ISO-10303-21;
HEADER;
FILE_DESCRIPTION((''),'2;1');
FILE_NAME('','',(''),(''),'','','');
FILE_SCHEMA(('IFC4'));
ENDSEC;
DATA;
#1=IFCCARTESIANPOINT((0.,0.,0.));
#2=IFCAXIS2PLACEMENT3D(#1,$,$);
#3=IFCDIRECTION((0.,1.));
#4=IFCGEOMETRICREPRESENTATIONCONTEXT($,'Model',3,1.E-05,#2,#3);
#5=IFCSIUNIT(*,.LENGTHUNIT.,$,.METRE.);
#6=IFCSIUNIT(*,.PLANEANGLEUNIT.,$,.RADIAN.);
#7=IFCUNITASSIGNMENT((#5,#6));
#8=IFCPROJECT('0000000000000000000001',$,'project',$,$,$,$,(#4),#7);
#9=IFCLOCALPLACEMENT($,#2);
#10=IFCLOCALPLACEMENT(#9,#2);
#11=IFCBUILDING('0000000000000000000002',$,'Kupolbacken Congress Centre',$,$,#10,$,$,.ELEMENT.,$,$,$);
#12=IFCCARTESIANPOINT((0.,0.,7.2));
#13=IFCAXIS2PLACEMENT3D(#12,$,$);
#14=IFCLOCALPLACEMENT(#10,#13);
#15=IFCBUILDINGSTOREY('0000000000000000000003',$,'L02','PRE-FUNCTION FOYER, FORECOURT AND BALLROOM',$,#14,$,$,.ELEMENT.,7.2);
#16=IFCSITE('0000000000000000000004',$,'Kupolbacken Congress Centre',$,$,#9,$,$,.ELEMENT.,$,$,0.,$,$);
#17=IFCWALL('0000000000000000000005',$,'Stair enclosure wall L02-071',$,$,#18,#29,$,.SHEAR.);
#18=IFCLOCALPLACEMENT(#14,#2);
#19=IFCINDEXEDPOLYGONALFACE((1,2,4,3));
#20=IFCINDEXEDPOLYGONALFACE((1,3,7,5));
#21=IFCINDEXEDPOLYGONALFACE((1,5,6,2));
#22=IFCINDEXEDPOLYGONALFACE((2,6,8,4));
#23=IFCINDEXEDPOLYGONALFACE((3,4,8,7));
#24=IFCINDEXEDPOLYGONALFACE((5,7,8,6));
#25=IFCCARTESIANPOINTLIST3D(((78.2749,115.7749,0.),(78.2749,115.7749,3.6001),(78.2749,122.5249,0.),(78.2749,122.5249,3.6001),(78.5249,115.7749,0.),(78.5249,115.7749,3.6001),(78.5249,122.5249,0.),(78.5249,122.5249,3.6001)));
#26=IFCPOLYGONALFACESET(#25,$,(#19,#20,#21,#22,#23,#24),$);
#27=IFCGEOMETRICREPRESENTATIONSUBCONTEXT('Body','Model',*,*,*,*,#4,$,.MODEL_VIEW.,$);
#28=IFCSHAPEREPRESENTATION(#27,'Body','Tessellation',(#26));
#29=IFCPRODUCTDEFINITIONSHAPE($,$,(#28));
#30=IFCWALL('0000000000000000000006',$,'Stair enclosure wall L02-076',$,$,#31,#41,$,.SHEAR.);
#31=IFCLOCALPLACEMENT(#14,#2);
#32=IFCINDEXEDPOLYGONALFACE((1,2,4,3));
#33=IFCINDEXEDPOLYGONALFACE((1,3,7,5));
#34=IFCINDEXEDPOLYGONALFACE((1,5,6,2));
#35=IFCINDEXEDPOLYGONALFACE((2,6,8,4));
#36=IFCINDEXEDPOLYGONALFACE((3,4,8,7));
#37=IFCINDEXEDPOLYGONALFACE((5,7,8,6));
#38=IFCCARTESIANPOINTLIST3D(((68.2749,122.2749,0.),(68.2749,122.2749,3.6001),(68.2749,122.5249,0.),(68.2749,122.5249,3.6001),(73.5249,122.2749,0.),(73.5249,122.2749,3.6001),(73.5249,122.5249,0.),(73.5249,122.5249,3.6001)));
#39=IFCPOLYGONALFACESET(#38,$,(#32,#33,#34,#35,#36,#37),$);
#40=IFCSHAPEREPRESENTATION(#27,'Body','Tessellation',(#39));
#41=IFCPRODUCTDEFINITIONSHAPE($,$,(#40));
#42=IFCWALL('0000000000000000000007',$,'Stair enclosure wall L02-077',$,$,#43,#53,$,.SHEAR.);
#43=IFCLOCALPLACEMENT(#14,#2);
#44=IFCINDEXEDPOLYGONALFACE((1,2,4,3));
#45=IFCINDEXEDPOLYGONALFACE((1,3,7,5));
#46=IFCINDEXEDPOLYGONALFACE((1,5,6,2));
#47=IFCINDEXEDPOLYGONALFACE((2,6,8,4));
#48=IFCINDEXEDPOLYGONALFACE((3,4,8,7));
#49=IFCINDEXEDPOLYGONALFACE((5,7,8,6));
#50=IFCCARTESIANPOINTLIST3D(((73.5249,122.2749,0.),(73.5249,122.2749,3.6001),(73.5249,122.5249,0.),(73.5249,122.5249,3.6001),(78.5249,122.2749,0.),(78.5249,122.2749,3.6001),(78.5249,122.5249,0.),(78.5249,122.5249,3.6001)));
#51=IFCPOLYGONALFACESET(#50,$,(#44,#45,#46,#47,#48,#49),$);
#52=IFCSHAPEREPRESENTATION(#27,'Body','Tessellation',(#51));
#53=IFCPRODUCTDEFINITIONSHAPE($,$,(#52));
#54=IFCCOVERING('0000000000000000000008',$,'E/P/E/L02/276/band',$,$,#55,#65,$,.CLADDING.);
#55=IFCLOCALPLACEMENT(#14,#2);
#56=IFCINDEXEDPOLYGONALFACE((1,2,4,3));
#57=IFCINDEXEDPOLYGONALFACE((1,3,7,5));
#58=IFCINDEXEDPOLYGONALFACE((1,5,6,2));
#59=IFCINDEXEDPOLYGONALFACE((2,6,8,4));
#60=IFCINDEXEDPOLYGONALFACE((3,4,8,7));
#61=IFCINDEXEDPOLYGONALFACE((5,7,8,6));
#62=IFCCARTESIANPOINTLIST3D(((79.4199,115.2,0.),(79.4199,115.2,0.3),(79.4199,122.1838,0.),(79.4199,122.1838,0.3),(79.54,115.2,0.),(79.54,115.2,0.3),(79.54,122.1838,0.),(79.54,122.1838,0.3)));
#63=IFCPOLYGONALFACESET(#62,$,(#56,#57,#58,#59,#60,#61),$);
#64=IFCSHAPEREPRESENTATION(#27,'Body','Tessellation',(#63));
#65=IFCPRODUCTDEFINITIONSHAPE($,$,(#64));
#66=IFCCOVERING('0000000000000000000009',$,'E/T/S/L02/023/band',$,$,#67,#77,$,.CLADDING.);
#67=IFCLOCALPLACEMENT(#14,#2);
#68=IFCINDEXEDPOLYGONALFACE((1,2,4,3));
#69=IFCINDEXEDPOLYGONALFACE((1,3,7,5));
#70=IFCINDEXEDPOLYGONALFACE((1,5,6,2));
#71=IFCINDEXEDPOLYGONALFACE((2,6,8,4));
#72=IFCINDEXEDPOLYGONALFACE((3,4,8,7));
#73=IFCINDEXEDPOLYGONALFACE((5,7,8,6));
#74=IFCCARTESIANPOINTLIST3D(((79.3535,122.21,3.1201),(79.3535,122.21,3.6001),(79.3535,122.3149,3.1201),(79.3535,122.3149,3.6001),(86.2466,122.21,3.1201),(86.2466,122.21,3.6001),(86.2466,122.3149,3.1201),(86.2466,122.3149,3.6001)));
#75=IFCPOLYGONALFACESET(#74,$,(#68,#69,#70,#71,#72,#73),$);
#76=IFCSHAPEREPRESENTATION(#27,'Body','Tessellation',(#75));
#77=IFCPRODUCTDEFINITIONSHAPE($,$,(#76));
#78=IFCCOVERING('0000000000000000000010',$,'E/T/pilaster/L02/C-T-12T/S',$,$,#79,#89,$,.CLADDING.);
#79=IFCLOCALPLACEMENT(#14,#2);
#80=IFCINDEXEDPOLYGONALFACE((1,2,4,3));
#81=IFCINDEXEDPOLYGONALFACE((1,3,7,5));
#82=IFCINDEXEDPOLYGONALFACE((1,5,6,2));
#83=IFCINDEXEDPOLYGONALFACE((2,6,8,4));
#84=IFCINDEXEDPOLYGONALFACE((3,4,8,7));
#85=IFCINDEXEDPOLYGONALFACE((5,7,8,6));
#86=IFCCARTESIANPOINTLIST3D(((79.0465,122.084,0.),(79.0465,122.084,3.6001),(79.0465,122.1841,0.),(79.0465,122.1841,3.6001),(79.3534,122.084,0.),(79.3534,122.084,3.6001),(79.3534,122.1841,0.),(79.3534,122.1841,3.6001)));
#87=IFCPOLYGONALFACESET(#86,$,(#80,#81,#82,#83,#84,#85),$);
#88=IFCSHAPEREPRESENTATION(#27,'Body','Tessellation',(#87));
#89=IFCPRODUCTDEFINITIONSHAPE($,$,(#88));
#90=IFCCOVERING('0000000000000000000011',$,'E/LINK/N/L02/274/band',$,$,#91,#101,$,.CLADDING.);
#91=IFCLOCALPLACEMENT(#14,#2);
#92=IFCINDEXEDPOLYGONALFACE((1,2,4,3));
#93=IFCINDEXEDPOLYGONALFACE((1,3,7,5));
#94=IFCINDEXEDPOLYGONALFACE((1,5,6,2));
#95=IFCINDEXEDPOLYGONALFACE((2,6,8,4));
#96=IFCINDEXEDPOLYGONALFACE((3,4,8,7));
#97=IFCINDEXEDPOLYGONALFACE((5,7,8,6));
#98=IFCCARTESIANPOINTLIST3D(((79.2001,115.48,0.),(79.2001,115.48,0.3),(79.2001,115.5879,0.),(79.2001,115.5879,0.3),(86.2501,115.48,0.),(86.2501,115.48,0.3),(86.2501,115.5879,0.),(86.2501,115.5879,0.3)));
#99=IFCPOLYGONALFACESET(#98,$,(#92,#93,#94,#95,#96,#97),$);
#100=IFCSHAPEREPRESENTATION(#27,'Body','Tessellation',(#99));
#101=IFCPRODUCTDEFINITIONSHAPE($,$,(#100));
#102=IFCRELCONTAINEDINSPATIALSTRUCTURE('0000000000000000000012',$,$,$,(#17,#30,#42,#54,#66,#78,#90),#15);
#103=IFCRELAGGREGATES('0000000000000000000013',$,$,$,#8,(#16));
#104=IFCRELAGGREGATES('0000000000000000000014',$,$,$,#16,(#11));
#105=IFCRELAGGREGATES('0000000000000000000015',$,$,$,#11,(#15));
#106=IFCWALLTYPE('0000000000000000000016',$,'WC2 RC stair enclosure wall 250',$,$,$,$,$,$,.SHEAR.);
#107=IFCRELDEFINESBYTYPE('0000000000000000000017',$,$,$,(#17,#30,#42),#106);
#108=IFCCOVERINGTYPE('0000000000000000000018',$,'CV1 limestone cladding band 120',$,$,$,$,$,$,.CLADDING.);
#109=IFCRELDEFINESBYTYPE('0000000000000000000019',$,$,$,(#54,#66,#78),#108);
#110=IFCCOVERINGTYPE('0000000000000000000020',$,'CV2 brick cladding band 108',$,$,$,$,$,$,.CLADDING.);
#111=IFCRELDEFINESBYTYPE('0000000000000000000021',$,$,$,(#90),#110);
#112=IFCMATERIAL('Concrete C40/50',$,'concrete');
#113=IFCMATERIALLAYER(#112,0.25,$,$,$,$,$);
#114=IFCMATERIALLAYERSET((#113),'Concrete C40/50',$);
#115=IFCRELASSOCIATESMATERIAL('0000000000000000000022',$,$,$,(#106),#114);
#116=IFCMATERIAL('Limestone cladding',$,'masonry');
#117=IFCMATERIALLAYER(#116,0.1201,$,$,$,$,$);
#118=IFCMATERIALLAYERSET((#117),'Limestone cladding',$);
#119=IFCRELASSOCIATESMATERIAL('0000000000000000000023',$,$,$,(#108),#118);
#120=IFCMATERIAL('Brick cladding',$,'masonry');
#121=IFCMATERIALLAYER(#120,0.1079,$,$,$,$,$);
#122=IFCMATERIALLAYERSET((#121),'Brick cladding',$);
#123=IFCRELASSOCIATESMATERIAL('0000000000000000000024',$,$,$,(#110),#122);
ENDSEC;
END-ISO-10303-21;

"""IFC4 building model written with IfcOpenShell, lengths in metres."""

from ifc_helpers import new_model, si_unit, direction, frame, frame_2d, origin, origin_2d, place, context, subcontext, project, spatial, rectangle, extrude, material, layer, layer_set, type_object, element, save


model = new_model("IFC4")

# Units and contexts
model_context = context("Model", 3, precision=1e-05, world=origin(), true_north=direction((0.0, 1.0)))
body_context = subcontext(model_context, "Body", "Model", "MODEL_VIEW")
ifc_project = project(units=[si_unit("LENGTHUNIT", "METRE"), si_unit("PLANEANGLEUNIT", "RADIAN")], contexts=[model_context])

# Site, building, storey
site_placement = place(None, origin())
site = spatial("IfcSite", under=ifc_project, at=site_placement, Name="Kupolbacken Congress Centre", CompositionType="ELEMENT", RefElevation=0.0)
building_placement = place(site_placement, origin())
building = spatial("IfcBuilding", under=site, at=building_placement, Name="Kupolbacken Congress Centre", CompositionType="ELEMENT")
storey_placement = place(building_placement, frame((0.0, 0.0, 7.2)))
storey = spatial("IfcBuildingStorey", under=building, at=storey_placement, Name="L02", Description="PRE-FUNCTION FOYER, FORECOURT AND BALLROOM", CompositionType="ELEMENT", Elevation=7.2)

# Shared definitions
ifc_material_1 = material(Name="Concrete C40/50", Category="concrete")
ifc_layer_1 = layer(ifc_material_1, 0.25)
ifc_layer_set_1 = layer_set([ifc_layer_1], Name="Concrete C40/50")
wall_type_1 = type_object("IfcWallType", Name="WC2 RC stair enclosure wall 250", PredefinedType="SHEAR", material=ifc_layer_set_1)

# Walls
wall_1_placement = place(storey_placement, frame((78.3999, 115.7749, 0.0), z_axis=(0.0, 0.0, 1.0), x_axis=(0.0, 1.0, 0.0)))
element("IfcWall", 1, at=wall_1_placement, inside=storey, type_object=wall_type_1, Name="Stair enclosure wall L02-071", PredefinedType="SHEAR", context=body_context, shape_type="SweptSolid", body=[
    extrude(rectangle(XDim=6.75, YDim=0.25, at=frame_2d((3.375, 0.0))), origin(), (0.0, 0.0, 1.0), 3.6001),
])
wall_2_placement = place(storey_placement, frame((73.5249, 122.3999, 0.0), z_axis=(0.0, 0.0, 1.0), x_axis=(-1.0, 0.0, 0.0)))
element("IfcWall", 2, at=wall_2_placement, inside=storey, type_object=wall_type_1, Name="Stair enclosure wall L02-076", PredefinedType="SHEAR", context=body_context, shape_type="SweptSolid", body=[
    extrude(rectangle(XDim=5.25, YDim=0.25, at=frame_2d((2.625, 0.0))), origin(), (0.0, 0.0, 1.0), 3.6001),
])
wall_3_placement = place(storey_placement, frame((78.5249, 122.3999, 0.0), z_axis=(0.0, 0.0, 1.0), x_axis=(-1.0, 0.0, 0.0)))
element("IfcWall", 3, at=wall_3_placement, inside=storey, type_object=wall_type_1, Name="Stair enclosure wall L02-077", PredefinedType="SHEAR", context=body_context, shape_type="SweptSolid", body=[
    extrude(rectangle(XDim=5.0, YDim=0.25, at=frame_2d((2.5, 0.0))), origin(), (0.0, 0.0, 1.0), 3.6001),
])

# Coverings
ifc_material_2 = material(Name="Limestone cladding", Category="masonry")
ifc_layer_2 = layer(ifc_material_2, 0.1201)
ifc_layer_set_2 = layer_set([ifc_layer_2], Name="Limestone cladding")
covering_type_1 = type_object("IfcCoveringType", Name="CV1 limestone cladding band 120", PredefinedType="CLADDING", material=ifc_layer_set_2)
covering_1_placement = place(storey_placement, frame((79.48, 118.6919, 0.0), z_axis=(0.0, 0.0, 1.0), x_axis=(0.0, 1.0, 0.0)))
element("IfcCovering", 4, at=covering_1_placement, inside=storey, type_object=covering_type_1, Name="E/P/E/L02/276/band", PredefinedType="CLADDING", context=body_context, shape_type="SweptSolid", body=[
    extrude(rectangle(XDim=6.9839, YDim=0.1201, at=origin_2d()), origin(), (0.0, 0.0, 1.0), 0.3),
])
covering_2_placement = place(storey_placement, frame((82.8, 122.2625, 3.1201), z_axis=(0.0, 0.0, 1.0), x_axis=(1.0, 0.0, 0.0)))
element("IfcCovering", 5, at=covering_2_placement, inside=storey, type_object=covering_type_1, Name="E/T/S/L02/023/band", PredefinedType="CLADDING", context=body_context, shape_type="SweptSolid", body=[
    extrude(rectangle(XDim=6.8931, YDim=0.105, at=origin_2d()), origin(), (0.0, 0.0, 1.0), 0.48),
])
covering_3_placement = place(storey_placement, frame((79.2, 122.134, 0.0), z_axis=(0.0, 0.0, 1.0), x_axis=(1.0, 0.0, 0.0)))
element("IfcCovering", 6, at=covering_3_placement, inside=storey, type_object=covering_type_1, Name="E/T/pilaster/L02/C-T-12T/S", PredefinedType="CLADDING", context=body_context, shape_type="SweptSolid", body=[
    extrude(rectangle(XDim=0.3069, YDim=0.1001, at=origin_2d()), origin(), (0.0, 0.0, 1.0), 3.6001),
])
ifc_material_3 = material(Name="Brick cladding", Category="masonry")
ifc_layer_3 = layer(ifc_material_3, 0.1079)
ifc_layer_set_3 = layer_set([ifc_layer_3], Name="Brick cladding")
covering_type_2 = type_object("IfcCoveringType", Name="CV2 brick cladding band 108", PredefinedType="CLADDING", material=ifc_layer_set_3)
covering_4_placement = place(storey_placement, frame((82.7251, 115.5339, 0.0), z_axis=(0.0, 0.0, 1.0), x_axis=(-1.0, 0.0, 0.0)))
element("IfcCovering", 7, at=covering_4_placement, inside=storey, type_object=covering_type_2, Name="E/LINK/N/L02/274/band", PredefinedType="CLADDING", context=body_context, shape_type="SweptSolid", body=[
    extrude(rectangle(XDim=7.05, YDim=0.1079, at=origin_2d()), origin(), (0.0, 0.0, 1.0), 0.3),
])

save(model, "model.ifc")
